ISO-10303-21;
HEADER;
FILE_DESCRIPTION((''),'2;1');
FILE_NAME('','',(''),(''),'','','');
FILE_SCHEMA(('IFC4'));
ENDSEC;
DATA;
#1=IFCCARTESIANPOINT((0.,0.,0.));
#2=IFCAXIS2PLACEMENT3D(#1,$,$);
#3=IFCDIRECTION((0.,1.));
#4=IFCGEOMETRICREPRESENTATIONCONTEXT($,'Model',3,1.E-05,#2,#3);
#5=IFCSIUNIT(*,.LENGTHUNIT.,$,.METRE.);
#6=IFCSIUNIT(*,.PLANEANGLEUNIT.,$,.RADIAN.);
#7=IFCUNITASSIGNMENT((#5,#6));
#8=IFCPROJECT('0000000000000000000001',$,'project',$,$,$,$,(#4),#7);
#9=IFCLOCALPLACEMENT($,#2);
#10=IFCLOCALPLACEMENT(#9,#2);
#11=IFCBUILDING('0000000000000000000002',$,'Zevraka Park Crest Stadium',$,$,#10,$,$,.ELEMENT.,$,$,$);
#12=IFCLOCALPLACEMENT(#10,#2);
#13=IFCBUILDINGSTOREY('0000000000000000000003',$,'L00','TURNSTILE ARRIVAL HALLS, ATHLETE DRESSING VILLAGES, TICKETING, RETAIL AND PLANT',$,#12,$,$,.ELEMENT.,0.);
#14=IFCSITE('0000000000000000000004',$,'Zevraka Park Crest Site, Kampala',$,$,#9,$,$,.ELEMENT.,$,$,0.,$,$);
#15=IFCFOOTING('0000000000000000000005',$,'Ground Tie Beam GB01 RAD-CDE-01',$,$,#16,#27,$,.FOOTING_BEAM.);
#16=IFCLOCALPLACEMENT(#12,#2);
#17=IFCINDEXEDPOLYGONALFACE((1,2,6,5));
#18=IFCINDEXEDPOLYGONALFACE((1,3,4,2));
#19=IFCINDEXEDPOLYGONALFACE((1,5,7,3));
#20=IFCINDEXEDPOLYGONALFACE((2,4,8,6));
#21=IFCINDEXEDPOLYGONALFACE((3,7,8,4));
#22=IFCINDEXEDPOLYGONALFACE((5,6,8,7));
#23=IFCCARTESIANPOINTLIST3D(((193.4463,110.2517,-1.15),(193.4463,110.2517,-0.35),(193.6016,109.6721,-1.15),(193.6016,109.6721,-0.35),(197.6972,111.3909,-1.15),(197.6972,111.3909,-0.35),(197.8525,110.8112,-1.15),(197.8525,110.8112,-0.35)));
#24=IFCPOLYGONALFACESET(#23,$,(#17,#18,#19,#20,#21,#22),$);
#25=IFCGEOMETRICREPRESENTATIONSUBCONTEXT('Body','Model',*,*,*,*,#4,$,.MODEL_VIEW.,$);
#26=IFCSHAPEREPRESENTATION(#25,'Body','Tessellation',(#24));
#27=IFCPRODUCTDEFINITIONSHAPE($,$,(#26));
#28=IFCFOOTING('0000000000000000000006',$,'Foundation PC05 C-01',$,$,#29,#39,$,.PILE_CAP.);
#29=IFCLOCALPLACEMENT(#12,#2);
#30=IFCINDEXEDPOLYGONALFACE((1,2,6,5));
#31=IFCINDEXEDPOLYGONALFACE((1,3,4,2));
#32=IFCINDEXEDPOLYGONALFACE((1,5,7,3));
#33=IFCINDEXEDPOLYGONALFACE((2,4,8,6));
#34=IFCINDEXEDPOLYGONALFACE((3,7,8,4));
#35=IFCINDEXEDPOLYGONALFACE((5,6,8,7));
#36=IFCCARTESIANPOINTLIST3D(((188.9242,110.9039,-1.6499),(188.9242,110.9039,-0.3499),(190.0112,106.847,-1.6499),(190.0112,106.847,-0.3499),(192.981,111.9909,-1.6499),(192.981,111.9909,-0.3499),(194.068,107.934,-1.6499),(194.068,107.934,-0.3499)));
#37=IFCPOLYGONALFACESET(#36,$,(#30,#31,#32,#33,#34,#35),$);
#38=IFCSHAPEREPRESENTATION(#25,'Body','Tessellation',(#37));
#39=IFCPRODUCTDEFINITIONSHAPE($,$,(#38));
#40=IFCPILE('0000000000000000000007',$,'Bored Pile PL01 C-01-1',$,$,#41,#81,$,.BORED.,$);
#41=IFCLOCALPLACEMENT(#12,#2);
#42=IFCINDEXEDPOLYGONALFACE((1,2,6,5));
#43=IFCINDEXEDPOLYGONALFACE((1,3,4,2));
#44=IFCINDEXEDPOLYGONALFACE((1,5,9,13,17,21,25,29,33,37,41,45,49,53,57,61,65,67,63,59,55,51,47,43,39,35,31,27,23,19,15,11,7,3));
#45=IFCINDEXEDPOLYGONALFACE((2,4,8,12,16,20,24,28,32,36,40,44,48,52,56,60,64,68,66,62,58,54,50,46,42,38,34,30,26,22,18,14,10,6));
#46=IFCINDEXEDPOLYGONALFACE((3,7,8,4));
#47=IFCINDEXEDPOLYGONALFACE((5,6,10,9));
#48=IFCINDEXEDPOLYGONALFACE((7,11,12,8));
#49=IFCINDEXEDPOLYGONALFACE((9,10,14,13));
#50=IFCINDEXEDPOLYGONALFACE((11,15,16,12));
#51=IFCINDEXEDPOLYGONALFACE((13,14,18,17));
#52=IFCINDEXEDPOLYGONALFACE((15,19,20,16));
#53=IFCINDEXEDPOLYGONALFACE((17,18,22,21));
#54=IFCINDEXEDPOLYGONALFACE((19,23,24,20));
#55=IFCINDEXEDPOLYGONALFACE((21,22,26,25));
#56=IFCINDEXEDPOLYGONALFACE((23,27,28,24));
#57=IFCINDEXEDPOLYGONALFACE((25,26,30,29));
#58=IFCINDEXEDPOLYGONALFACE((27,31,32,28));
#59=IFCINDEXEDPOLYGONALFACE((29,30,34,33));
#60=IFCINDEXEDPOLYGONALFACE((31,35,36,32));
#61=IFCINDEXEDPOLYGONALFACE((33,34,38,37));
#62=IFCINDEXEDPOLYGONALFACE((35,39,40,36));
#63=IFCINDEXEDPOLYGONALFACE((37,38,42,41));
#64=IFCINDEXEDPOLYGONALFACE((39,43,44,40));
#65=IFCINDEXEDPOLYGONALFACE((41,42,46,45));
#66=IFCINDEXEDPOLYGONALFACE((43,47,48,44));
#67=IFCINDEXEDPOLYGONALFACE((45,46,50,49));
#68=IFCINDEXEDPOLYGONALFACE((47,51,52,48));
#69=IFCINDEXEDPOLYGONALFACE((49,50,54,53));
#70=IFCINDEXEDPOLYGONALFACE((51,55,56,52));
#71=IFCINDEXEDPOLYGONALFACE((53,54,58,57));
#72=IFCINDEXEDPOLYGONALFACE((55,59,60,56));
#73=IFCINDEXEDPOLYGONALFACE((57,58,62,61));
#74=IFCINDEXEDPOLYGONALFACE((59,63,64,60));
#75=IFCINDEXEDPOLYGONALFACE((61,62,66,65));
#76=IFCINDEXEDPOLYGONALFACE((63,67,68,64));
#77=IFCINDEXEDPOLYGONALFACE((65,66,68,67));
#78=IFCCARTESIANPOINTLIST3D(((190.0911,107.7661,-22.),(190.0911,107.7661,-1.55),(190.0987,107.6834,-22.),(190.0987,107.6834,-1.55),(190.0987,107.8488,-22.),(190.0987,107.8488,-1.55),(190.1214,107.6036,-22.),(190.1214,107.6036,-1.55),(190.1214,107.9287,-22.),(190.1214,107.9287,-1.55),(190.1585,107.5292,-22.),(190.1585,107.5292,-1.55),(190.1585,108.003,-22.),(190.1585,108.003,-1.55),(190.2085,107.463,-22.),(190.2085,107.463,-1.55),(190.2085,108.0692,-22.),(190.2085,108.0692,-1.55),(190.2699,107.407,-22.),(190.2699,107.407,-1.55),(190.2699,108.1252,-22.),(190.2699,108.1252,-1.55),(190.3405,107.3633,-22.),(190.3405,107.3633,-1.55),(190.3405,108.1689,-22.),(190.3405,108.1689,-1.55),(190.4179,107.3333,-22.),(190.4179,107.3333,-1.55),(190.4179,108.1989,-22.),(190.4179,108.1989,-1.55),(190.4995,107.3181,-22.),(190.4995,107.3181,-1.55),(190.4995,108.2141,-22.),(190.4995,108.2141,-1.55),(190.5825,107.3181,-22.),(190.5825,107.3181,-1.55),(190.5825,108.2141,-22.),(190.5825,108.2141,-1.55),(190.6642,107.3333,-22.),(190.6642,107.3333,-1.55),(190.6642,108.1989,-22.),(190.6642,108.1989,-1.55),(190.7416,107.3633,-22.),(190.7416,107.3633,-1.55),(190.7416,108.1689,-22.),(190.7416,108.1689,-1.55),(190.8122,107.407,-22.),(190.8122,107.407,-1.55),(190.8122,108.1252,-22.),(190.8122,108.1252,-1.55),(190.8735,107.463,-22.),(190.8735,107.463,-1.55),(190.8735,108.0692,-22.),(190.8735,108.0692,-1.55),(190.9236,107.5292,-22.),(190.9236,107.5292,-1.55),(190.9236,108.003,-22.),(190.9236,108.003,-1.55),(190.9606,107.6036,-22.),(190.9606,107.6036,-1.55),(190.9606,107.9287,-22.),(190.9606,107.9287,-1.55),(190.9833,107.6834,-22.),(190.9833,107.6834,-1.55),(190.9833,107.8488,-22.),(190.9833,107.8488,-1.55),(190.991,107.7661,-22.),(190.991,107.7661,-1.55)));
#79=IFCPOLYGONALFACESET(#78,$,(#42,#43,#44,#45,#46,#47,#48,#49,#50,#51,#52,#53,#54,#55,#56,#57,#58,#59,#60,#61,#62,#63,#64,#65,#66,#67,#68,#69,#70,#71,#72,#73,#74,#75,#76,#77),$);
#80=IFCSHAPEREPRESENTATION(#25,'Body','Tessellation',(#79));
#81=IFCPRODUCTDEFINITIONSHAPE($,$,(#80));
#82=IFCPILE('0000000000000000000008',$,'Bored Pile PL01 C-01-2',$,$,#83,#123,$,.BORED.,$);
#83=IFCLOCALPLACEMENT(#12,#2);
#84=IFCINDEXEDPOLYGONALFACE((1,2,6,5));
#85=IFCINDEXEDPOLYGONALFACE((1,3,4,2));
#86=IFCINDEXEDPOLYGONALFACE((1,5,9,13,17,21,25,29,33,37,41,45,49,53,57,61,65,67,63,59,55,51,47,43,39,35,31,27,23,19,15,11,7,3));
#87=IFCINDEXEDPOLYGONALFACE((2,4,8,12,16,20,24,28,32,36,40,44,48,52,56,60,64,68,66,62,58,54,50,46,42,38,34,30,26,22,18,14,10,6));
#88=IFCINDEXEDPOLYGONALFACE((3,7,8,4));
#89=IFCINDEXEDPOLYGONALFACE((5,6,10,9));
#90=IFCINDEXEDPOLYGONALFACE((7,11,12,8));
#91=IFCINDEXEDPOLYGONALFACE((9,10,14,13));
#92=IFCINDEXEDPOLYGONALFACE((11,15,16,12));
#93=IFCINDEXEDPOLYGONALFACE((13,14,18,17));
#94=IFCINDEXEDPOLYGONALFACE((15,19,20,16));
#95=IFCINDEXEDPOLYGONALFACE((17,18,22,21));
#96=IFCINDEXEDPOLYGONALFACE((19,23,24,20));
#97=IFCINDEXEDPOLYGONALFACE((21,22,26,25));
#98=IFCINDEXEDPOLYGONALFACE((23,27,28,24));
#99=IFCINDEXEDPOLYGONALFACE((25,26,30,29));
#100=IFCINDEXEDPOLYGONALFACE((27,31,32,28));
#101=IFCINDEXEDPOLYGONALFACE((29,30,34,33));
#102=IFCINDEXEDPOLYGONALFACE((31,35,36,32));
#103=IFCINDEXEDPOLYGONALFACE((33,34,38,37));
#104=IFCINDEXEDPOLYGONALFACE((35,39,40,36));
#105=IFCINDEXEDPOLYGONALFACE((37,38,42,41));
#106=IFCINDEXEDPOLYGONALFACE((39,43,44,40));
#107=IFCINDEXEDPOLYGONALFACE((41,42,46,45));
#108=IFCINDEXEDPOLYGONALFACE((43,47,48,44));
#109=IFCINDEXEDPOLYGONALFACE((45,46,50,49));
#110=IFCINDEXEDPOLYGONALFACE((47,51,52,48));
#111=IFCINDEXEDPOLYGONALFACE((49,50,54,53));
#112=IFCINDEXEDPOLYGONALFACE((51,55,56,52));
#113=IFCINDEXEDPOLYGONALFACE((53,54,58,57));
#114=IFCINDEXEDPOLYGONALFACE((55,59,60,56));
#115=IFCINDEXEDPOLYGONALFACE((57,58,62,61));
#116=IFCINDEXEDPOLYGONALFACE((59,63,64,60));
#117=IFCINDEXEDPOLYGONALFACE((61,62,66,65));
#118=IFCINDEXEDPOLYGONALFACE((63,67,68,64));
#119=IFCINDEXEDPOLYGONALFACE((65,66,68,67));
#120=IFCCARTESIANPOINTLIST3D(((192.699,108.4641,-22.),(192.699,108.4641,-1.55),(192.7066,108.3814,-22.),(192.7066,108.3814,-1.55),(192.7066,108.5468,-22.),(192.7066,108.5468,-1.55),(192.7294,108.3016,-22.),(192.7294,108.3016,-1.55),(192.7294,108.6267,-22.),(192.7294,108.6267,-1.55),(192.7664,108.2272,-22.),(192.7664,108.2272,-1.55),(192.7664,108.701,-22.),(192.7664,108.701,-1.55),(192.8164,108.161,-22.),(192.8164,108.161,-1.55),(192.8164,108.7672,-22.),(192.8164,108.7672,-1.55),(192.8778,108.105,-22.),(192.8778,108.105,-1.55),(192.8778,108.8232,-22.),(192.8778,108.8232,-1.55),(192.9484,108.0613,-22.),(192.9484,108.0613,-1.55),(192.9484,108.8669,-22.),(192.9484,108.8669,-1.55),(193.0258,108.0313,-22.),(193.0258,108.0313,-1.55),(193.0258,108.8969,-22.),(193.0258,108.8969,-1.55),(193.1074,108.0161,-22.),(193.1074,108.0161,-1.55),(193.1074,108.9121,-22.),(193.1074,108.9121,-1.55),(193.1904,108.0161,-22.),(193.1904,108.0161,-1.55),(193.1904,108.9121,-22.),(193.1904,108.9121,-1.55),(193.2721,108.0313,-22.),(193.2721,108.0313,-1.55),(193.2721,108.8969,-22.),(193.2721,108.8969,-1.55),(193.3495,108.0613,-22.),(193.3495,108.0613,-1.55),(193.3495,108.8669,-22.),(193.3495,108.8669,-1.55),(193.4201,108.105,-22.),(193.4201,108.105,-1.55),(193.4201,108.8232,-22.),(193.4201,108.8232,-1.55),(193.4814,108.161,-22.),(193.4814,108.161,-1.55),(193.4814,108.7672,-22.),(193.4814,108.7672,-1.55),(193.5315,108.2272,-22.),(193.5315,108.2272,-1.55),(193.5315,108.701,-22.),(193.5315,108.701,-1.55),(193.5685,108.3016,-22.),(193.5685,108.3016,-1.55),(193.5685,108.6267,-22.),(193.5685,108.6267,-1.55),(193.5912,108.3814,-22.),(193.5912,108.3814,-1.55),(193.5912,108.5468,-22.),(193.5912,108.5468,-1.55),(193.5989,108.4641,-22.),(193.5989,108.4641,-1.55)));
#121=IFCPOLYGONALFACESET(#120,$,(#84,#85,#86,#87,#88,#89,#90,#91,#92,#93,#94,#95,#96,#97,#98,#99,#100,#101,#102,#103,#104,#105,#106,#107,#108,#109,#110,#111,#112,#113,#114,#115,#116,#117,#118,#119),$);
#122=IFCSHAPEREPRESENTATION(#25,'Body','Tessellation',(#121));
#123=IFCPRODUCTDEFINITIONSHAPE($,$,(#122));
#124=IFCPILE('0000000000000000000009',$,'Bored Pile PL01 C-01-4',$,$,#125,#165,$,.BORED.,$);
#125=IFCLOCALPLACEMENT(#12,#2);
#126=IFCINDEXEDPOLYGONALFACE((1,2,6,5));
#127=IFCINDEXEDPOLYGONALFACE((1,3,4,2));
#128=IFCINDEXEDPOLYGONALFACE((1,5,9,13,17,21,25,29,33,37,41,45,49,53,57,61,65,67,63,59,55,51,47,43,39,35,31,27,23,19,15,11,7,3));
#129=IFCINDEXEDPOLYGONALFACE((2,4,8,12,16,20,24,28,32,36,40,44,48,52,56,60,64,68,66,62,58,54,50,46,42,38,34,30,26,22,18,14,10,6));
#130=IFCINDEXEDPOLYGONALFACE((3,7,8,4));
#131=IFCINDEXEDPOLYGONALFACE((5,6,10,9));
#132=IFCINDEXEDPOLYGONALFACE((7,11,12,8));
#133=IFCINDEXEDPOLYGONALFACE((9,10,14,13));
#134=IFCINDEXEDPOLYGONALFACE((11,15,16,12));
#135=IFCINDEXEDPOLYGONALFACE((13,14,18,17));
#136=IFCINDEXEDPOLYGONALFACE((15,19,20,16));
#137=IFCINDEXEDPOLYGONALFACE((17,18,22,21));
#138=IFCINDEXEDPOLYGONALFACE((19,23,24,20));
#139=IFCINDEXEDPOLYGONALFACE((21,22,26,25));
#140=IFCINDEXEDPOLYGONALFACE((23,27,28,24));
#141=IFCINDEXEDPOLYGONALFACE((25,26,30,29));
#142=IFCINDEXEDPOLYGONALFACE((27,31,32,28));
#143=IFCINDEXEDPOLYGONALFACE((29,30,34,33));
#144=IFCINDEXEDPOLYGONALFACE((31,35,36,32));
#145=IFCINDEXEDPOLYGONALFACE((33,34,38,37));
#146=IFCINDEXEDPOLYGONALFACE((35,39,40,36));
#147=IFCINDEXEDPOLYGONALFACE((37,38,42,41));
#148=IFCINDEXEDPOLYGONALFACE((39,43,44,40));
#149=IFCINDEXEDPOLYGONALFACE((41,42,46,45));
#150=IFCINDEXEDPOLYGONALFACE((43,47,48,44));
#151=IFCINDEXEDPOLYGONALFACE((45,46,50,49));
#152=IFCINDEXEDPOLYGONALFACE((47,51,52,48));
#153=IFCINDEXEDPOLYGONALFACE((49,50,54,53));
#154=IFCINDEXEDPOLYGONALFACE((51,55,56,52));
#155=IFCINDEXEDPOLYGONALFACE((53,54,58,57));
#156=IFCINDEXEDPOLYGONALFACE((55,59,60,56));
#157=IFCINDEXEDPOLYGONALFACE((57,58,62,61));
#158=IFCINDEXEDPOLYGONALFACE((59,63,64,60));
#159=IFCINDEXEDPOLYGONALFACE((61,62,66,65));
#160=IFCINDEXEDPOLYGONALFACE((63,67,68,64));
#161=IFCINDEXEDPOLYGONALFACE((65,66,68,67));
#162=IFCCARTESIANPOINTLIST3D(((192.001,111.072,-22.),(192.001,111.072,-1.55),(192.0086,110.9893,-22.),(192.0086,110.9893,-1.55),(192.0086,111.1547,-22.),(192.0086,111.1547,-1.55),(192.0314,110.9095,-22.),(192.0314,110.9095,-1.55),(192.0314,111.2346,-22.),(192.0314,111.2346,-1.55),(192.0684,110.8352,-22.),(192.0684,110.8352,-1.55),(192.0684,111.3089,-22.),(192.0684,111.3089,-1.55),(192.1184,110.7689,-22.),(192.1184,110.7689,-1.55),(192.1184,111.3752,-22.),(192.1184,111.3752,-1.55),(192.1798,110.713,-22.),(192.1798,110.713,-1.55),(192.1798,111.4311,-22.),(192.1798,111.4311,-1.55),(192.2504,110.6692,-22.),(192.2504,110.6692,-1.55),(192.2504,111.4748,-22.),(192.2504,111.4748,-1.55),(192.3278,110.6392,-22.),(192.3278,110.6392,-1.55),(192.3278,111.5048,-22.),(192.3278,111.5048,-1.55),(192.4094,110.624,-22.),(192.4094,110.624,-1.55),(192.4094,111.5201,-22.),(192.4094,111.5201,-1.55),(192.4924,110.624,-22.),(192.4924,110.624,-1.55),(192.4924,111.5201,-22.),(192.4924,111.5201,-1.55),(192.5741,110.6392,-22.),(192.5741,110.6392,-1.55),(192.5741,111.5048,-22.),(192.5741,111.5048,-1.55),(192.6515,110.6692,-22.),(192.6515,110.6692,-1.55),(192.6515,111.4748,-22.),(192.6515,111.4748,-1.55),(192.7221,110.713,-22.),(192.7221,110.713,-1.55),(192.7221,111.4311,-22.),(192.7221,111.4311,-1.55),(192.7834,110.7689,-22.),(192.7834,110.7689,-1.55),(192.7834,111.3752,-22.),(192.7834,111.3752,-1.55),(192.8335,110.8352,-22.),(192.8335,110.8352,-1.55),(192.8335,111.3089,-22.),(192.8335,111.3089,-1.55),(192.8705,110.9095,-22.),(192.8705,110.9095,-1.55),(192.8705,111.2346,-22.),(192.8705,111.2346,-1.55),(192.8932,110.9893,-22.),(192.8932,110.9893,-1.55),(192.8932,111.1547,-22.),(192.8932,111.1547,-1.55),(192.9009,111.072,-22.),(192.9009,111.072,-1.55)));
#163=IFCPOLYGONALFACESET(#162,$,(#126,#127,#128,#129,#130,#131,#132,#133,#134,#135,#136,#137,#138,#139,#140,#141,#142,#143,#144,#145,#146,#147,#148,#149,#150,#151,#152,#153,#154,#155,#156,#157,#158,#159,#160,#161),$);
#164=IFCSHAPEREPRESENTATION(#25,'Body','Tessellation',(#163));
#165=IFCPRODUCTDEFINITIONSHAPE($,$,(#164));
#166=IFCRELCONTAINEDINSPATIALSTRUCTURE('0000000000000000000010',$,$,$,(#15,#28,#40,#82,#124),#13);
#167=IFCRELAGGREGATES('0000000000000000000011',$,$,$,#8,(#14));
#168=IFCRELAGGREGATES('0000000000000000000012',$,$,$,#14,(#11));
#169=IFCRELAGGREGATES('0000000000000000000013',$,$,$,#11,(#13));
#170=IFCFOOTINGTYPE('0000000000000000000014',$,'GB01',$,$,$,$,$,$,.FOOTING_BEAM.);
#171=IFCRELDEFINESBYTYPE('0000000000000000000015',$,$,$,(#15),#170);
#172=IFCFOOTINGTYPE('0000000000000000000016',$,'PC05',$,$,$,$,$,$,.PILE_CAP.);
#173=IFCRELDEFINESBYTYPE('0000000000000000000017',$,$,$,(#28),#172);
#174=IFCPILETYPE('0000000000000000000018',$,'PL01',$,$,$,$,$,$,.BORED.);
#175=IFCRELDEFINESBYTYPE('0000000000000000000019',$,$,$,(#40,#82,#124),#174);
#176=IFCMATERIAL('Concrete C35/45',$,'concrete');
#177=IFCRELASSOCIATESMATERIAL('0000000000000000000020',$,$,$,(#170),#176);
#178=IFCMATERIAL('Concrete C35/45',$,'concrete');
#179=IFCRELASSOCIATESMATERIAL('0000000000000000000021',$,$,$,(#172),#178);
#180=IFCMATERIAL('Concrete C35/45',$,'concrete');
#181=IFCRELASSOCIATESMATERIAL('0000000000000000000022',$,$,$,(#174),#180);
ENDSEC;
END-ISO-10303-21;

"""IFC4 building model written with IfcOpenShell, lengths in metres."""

from ifc_helpers import new_model, si_unit, direction, frame, origin, origin_2d, place, context, subcontext, project, spatial, rectangle, circle, extrude, material, material_profile, profile_set, type_object, element, save


model = new_model("IFC4")

# Units and contexts
model_context = context("Model", 3, precision=1e-05, world=origin(), true_north=direction((0.0, 1.0)))
body_context = subcontext(model_context, "Body", "Model", "MODEL_VIEW")
ifc_project = project(units=[si_unit("LENGTHUNIT", "METRE"), si_unit("PLANEANGLEUNIT", "RADIAN")], contexts=[model_context])

# Site, building, storey
site_placement = place(None, origin())
site = spatial("IfcSite", under=ifc_project, at=site_placement, Name="Zevraka Park Crest Site, Kampala", CompositionType="ELEMENT", RefElevation=0.0)
building_placement = place(site_placement, origin())
building = spatial("IfcBuilding", under=site, at=building_placement, Name="Zevraka Park Crest Stadium", CompositionType="ELEMENT")
storey_placement = place(building_placement, origin())
storey = spatial("IfcBuildingStorey", under=building, at=storey_placement, Name="L00", Description="TURNSTILE ARRIVAL HALLS, ATHLETE DRESSING VILLAGES, TICKETING, RETAIL AND PLANT", CompositionType="ELEMENT", Elevation=0.0)

# Footings
ifc_material_1 = material(Name="Concrete C35/45", Category="concrete")
ifc_material_profile_1 = material_profile(ifc_material_1, rectangle(XDim=0.6001, YDim=0.8, at=origin_2d()), Name="GB 800x600")
ifc_profile_set_1 = profile_set([ifc_material_profile_1], Name="Concrete C35/45")
footing_type_1 = type_object("IfcFootingType", Name="GB01", PredefinedType="FOOTING_BEAM", material=ifc_profile_set_1)
footing_1_placement = place(storey_placement, frame((193.5239, 109.9619, -0.75), z_axis=(0.965919, 0.258843, 0.0), x_axis=(-0.258843, 0.965919, 0.0)))
element("IfcFooting", 1, at=footing_1_placement, inside=storey, type_object=footing_type_1, Name="Ground Tie Beam GB01 RAD-CDE-01", PredefinedType="FOOTING_BEAM", context=body_context, shape_type="SweptSolid", body=[
    extrude(rectangle(XDim=0.6001, YDim=0.8, at=origin_2d()), origin(), (0.0, 0.0, 1.0), 4.4009),
])
ifc_material_2 = material(Name="Concrete C35/45", Category="concrete")
footing_type_2 = type_object("IfcFootingType", Name="PC05", PredefinedType="PILE_CAP", material=ifc_material_2)
footing_2_placement = place(storey_placement, frame((191.4961, 109.4189, -1.6499), z_axis=(0.0, 0.0, 1.0), x_axis=(0.965926, 0.258819, 0.0)))
element("IfcFooting", 2, at=footing_2_placement, inside=storey, type_object=footing_type_2, Name="Foundation PC05 C-01", PredefinedType="PILE_CAP", context=body_context, shape_type="SweptSolid", body=[
    extrude(rectangle(XDim=4.2, YDim=4.2, at=origin_2d()), origin(), (0.0, 0.0, 1.0), 1.3),
])

# Piles
ifc_material_3 = material(Name="Concrete C35/45", Category="concrete")
ifc_material_profile_2 = material_profile(ifc_material_3, circle(Radius=0.45, at=origin_2d()), Name="PILE D900")
ifc_profile_set_2 = profile_set([ifc_material_profile_2], Name="Concrete C35/45")
pile_type_1 = type_object("IfcPileType", Name="PL01", PredefinedType="BORED", material=ifc_profile_set_2)
for number, where, z_axis, x_axis, name in (
    (3, (190.541, 107.7661, -1.55), (0.0, 0.0, -1.0), (1.0, 0.0, 0.0), "Bored Pile PL01 C-01-1"),
    (4, (193.1489, 108.4641, -1.55), (0.0, 0.0, -1.0), (1.0, 0.0, 0.0), "Bored Pile PL01 C-01-2"),
    (5, (192.4509, 111.072, -1.55), (0.0, 0.0, -1.0), (1.0, 0.0, 0.0), "Bored Pile PL01 C-01-4"),
):
    element("IfcPile", number, at=place(storey_placement, frame(where, z_axis=z_axis, x_axis=x_axis)), inside=storey, type_object=pile_type_1, Name=name, PredefinedType="BORED", context=body_context, shape_type="SweptSolid", body=[
        extrude(circle(Radius=0.45, at=origin_2d()), origin(), (0.0, 0.0, 1.0), 20.45),
    ])

save(model, "model.ifc")
